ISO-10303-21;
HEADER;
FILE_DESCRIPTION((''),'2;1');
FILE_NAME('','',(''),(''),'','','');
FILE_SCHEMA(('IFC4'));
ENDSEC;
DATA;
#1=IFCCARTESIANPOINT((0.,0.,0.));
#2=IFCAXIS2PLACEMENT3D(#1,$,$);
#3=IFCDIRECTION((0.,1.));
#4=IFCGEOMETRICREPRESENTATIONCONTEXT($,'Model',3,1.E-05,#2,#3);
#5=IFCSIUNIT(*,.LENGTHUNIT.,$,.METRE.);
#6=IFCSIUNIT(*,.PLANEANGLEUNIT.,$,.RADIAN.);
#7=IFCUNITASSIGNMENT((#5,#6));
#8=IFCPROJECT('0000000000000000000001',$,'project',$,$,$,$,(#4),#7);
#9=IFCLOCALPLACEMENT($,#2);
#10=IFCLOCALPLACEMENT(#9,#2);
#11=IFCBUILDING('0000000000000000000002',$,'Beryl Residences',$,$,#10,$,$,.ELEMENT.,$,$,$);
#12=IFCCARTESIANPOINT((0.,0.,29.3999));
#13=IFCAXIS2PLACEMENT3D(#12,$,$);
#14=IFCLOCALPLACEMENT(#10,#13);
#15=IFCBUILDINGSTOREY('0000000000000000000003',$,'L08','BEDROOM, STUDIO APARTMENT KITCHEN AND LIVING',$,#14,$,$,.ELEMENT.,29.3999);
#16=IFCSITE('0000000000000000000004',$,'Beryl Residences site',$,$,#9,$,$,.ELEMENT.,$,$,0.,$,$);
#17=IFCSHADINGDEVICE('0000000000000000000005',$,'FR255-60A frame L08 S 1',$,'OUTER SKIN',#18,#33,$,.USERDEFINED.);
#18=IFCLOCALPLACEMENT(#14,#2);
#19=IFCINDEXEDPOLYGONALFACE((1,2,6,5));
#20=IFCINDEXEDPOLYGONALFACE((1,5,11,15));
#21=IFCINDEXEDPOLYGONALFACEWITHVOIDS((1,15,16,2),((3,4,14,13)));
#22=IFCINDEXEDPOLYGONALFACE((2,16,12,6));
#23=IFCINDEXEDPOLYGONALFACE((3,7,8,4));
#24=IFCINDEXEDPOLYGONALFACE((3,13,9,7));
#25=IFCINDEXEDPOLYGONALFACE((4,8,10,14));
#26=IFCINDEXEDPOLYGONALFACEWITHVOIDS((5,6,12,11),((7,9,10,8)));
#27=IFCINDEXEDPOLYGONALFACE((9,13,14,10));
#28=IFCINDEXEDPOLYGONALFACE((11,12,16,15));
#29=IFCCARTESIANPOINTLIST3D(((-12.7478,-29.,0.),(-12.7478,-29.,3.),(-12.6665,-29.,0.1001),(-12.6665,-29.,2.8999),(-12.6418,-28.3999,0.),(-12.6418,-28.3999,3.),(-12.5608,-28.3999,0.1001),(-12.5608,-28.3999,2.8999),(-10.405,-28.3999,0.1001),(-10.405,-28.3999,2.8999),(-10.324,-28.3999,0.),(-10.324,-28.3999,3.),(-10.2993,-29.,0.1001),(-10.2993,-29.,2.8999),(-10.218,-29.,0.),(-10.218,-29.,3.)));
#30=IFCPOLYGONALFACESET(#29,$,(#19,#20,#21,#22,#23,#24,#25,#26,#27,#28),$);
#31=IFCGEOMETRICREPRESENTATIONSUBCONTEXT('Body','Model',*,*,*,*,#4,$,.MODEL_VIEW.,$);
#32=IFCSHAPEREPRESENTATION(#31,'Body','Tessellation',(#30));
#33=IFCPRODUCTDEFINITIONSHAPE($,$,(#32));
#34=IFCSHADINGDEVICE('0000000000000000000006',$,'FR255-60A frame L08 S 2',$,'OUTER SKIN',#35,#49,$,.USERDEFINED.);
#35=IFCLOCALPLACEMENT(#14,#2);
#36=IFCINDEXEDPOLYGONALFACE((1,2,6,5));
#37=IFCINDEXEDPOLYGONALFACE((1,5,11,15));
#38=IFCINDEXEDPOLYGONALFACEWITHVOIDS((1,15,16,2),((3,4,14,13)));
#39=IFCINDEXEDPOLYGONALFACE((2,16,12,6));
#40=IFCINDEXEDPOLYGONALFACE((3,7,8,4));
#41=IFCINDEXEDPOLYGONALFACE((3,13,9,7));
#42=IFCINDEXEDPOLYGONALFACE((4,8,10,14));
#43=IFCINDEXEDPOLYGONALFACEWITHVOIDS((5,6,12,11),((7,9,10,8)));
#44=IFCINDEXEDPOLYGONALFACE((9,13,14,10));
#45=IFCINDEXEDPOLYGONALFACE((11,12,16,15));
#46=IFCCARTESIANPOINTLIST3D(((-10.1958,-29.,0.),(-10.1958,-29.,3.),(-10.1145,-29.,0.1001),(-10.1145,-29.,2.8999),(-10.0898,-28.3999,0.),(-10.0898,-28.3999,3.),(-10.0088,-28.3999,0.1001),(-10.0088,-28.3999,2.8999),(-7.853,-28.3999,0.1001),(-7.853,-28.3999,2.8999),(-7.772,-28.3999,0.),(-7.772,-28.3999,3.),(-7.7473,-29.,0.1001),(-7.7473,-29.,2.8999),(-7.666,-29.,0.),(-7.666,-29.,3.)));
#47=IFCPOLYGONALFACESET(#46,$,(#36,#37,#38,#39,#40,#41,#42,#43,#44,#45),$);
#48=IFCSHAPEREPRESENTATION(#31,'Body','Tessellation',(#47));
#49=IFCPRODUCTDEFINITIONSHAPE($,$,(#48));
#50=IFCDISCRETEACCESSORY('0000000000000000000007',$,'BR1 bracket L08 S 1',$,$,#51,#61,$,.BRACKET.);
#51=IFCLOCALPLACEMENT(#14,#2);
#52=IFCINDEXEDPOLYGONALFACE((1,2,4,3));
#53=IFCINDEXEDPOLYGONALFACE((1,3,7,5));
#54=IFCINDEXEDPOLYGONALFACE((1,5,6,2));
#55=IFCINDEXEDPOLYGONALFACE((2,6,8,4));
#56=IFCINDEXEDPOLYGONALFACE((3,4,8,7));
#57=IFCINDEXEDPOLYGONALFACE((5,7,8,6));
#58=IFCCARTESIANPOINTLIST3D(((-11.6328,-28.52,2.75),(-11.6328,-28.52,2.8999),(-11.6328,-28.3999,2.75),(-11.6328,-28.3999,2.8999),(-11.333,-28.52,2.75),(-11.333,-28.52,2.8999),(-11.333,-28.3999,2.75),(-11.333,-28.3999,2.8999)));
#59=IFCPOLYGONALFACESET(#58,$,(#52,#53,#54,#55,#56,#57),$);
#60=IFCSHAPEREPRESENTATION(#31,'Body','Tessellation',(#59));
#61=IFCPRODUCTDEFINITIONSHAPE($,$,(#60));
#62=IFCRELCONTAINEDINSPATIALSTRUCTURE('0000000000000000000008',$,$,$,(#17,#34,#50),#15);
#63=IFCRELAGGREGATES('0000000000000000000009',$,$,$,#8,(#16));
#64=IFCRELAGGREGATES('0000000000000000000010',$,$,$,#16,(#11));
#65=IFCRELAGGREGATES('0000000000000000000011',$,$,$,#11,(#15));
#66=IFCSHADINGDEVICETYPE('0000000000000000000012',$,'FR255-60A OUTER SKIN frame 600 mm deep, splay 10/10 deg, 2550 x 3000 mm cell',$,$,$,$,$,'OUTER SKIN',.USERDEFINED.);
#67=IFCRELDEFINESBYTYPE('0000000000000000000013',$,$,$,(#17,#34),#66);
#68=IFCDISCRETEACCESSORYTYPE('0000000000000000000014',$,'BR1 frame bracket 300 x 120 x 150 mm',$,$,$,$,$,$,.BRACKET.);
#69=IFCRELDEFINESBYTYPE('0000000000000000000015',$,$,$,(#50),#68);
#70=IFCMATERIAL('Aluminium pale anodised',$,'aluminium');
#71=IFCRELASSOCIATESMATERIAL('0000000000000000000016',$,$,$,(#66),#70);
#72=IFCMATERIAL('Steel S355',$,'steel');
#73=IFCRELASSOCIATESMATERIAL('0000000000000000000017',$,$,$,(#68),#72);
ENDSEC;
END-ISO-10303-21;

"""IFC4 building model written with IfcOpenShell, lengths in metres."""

from ifc_helpers import new_model, entity, si_unit, direction, frame, origin, place, context, subcontext, project, spatial, polyline, outline, extrude, source, transform, mapped, material, type_object, type_shapes, element, save


model = new_model("IFC4")

# Units and contexts
model_context = context("Model", 3, precision=1e-05, world=origin(), true_north=direction((0.0, 1.0)))
body_context = subcontext(model_context, "Body", "Model", "MODEL_VIEW")
ifc_project = project(units=[si_unit("LENGTHUNIT", "METRE"), si_unit("PLANEANGLEUNIT", "RADIAN")], contexts=[model_context])

# Site, building, storey
site_placement = place(None, origin())
site = spatial("IfcSite", under=ifc_project, at=site_placement, Name="Beryl Residences site", CompositionType="ELEMENT", RefElevation=0.0)
building_placement = place(site_placement, origin())
building = spatial("IfcBuilding", under=site, at=building_placement, Name="Beryl Residences", CompositionType="ELEMENT")
storey_placement = place(building_placement, frame((0.0, 0.0, 29.3999)))
storey = spatial("IfcBuildingStorey", under=building, at=storey_placement, Name="L08", Description="BEDROOM, STUDIO APARTMENT KITCHEN AND LIVING", CompositionType="ELEMENT", Elevation=29.3999)

# Shading devices
ifc_material_1 = material(Name="Aluminium pale anodised", Category="aluminium")
shading_device_type_1 = type_object("IfcShadingDeviceType", Name="FR255-60A OUTER SKIN frame 600 mm deep, splay 10/10 deg, 2550 x 3000 mm cell", ElementType="OUTER SKIN", PredefinedType="USERDEFINED", material=ifc_material_1)
cartesian_point_1 = entity("IfcCartesianPoint", [-1.1589, 0.0])
cartesian_point_2 = entity("IfcCartesianPoint", [-1.0779, 0.1001])
cartesian_point_3 = entity("IfcCartesianPoint", [-1.2649, 0.0])
cartesian_point_4 = entity("IfcCartesianPoint", [-1.1836, 0.1001])
shared_shape_1 = source(origin(), body_context, "Body", "SweptSolid", [
    entity("IfcExtrudedAreaSolidTapered", entity("IfcArbitraryProfileDefWithVoids", "AREA", None, entity("IfcPolyline", [cartesian_point_1, entity("IfcCartesianPoint", [1.1589, 0.0]), entity("IfcCartesianPoint", [1.1589, 3.0]), entity("IfcCartesianPoint", [-1.1589, 3.0]), cartesian_point_1]), [entity("IfcPolyline", [cartesian_point_2, entity("IfcCartesianPoint", [1.0779, 0.1001]), entity("IfcCartesianPoint", [1.0779, 2.8999]), entity("IfcCartesianPoint", [-1.0779, 2.8999]), cartesian_point_2])]), entity("IfcAxis2Placement3D", entity("IfcCartesianPoint", [0.0, 0.0, 0.0]), entity("IfcDirection", [0.0, 1.0, 0.0]), entity("IfcDirection", [-1.0, 0.0, 0.0])), entity("IfcDirection", [0.0, 0.0, 1.0]), 0.6001, entity("IfcArbitraryProfileDefWithVoids", "AREA", None, entity("IfcPolyline", [cartesian_point_3, entity("IfcCartesianPoint", [1.2649, 0.0]), entity("IfcCartesianPoint", [1.2649, 3.0]), entity("IfcCartesianPoint", [-1.2649, 3.0]), cartesian_point_3]), [entity("IfcPolyline", [cartesian_point_4, entity("IfcCartesianPoint", [1.1836, 0.1001]), entity("IfcCartesianPoint", [1.1836, 2.8999]), entity("IfcCartesianPoint", [-1.1836, 2.8999]), cartesian_point_4])])),
])
type_shapes(shading_device_type_1, [shared_shape_1])
for number, where, z_axis, x_axis, name in (
    (1, (-11.4829, -28.3999, 0.0), (0.0, 0.0, 1.0), (-1.0, 0.0, 0.0), "FR255-60A frame L08 S 1"),
    (2, (-8.9309, -28.3999, 0.0), (0.0, 0.0, 1.0), (-1.0, 0.0, 0.0), "FR255-60A frame L08 S 2"),
):
    element("IfcShadingDevice", number, at=place(storey_placement, frame(where, z_axis=z_axis, x_axis=x_axis)), inside=storey, type_object=shading_device_type_1, Name=name, ObjectType="OUTER SKIN", PredefinedType="USERDEFINED", context=body_context, shape_type="MappedRepresentation", body=[
        mapped(shared_shape_1, transform((0.0, 0.0, 0.0))),
    ])

# Discrete accessory
ifc_material_2 = material(Name="Steel S355", Category="steel")
discrete_accessory_type = type_object("IfcDiscreteAccessoryType", Name="BR1 frame bracket 300 x 120 x 150 mm", PredefinedType="BRACKET", material=ifc_material_2)
shared_shape_2 = source(origin(), body_context, "Body", "SweptSolid", [
    extrude(outline(polyline([(-0.1499, 0.0), (0.1499, 0.0), (0.1499, 0.1201), (-0.1499, 0.1201), (-0.1499, 0.0)])), origin(), (0.0, 0.0, 1.0), 0.1499),
])
type_shapes(discrete_accessory_type, [shared_shape_2])
discrete_accessory_placement = place(storey_placement, frame((-11.4829, -28.3999, 2.75), z_axis=(0.0, 0.0, 1.0), x_axis=(-1.0, 0.0, 0.0)))
element("IfcDiscreteAccessory", 3, at=discrete_accessory_placement, inside=storey, type_object=discrete_accessory_type, Name="BR1 bracket L08 S 1", PredefinedType="BRACKET", context=body_context, shape_type="MappedRepresentation", body=[
    mapped(shared_shape_2, transform((0.0, 0.0, 0.0))),
])

save(model, "model.ifc")
